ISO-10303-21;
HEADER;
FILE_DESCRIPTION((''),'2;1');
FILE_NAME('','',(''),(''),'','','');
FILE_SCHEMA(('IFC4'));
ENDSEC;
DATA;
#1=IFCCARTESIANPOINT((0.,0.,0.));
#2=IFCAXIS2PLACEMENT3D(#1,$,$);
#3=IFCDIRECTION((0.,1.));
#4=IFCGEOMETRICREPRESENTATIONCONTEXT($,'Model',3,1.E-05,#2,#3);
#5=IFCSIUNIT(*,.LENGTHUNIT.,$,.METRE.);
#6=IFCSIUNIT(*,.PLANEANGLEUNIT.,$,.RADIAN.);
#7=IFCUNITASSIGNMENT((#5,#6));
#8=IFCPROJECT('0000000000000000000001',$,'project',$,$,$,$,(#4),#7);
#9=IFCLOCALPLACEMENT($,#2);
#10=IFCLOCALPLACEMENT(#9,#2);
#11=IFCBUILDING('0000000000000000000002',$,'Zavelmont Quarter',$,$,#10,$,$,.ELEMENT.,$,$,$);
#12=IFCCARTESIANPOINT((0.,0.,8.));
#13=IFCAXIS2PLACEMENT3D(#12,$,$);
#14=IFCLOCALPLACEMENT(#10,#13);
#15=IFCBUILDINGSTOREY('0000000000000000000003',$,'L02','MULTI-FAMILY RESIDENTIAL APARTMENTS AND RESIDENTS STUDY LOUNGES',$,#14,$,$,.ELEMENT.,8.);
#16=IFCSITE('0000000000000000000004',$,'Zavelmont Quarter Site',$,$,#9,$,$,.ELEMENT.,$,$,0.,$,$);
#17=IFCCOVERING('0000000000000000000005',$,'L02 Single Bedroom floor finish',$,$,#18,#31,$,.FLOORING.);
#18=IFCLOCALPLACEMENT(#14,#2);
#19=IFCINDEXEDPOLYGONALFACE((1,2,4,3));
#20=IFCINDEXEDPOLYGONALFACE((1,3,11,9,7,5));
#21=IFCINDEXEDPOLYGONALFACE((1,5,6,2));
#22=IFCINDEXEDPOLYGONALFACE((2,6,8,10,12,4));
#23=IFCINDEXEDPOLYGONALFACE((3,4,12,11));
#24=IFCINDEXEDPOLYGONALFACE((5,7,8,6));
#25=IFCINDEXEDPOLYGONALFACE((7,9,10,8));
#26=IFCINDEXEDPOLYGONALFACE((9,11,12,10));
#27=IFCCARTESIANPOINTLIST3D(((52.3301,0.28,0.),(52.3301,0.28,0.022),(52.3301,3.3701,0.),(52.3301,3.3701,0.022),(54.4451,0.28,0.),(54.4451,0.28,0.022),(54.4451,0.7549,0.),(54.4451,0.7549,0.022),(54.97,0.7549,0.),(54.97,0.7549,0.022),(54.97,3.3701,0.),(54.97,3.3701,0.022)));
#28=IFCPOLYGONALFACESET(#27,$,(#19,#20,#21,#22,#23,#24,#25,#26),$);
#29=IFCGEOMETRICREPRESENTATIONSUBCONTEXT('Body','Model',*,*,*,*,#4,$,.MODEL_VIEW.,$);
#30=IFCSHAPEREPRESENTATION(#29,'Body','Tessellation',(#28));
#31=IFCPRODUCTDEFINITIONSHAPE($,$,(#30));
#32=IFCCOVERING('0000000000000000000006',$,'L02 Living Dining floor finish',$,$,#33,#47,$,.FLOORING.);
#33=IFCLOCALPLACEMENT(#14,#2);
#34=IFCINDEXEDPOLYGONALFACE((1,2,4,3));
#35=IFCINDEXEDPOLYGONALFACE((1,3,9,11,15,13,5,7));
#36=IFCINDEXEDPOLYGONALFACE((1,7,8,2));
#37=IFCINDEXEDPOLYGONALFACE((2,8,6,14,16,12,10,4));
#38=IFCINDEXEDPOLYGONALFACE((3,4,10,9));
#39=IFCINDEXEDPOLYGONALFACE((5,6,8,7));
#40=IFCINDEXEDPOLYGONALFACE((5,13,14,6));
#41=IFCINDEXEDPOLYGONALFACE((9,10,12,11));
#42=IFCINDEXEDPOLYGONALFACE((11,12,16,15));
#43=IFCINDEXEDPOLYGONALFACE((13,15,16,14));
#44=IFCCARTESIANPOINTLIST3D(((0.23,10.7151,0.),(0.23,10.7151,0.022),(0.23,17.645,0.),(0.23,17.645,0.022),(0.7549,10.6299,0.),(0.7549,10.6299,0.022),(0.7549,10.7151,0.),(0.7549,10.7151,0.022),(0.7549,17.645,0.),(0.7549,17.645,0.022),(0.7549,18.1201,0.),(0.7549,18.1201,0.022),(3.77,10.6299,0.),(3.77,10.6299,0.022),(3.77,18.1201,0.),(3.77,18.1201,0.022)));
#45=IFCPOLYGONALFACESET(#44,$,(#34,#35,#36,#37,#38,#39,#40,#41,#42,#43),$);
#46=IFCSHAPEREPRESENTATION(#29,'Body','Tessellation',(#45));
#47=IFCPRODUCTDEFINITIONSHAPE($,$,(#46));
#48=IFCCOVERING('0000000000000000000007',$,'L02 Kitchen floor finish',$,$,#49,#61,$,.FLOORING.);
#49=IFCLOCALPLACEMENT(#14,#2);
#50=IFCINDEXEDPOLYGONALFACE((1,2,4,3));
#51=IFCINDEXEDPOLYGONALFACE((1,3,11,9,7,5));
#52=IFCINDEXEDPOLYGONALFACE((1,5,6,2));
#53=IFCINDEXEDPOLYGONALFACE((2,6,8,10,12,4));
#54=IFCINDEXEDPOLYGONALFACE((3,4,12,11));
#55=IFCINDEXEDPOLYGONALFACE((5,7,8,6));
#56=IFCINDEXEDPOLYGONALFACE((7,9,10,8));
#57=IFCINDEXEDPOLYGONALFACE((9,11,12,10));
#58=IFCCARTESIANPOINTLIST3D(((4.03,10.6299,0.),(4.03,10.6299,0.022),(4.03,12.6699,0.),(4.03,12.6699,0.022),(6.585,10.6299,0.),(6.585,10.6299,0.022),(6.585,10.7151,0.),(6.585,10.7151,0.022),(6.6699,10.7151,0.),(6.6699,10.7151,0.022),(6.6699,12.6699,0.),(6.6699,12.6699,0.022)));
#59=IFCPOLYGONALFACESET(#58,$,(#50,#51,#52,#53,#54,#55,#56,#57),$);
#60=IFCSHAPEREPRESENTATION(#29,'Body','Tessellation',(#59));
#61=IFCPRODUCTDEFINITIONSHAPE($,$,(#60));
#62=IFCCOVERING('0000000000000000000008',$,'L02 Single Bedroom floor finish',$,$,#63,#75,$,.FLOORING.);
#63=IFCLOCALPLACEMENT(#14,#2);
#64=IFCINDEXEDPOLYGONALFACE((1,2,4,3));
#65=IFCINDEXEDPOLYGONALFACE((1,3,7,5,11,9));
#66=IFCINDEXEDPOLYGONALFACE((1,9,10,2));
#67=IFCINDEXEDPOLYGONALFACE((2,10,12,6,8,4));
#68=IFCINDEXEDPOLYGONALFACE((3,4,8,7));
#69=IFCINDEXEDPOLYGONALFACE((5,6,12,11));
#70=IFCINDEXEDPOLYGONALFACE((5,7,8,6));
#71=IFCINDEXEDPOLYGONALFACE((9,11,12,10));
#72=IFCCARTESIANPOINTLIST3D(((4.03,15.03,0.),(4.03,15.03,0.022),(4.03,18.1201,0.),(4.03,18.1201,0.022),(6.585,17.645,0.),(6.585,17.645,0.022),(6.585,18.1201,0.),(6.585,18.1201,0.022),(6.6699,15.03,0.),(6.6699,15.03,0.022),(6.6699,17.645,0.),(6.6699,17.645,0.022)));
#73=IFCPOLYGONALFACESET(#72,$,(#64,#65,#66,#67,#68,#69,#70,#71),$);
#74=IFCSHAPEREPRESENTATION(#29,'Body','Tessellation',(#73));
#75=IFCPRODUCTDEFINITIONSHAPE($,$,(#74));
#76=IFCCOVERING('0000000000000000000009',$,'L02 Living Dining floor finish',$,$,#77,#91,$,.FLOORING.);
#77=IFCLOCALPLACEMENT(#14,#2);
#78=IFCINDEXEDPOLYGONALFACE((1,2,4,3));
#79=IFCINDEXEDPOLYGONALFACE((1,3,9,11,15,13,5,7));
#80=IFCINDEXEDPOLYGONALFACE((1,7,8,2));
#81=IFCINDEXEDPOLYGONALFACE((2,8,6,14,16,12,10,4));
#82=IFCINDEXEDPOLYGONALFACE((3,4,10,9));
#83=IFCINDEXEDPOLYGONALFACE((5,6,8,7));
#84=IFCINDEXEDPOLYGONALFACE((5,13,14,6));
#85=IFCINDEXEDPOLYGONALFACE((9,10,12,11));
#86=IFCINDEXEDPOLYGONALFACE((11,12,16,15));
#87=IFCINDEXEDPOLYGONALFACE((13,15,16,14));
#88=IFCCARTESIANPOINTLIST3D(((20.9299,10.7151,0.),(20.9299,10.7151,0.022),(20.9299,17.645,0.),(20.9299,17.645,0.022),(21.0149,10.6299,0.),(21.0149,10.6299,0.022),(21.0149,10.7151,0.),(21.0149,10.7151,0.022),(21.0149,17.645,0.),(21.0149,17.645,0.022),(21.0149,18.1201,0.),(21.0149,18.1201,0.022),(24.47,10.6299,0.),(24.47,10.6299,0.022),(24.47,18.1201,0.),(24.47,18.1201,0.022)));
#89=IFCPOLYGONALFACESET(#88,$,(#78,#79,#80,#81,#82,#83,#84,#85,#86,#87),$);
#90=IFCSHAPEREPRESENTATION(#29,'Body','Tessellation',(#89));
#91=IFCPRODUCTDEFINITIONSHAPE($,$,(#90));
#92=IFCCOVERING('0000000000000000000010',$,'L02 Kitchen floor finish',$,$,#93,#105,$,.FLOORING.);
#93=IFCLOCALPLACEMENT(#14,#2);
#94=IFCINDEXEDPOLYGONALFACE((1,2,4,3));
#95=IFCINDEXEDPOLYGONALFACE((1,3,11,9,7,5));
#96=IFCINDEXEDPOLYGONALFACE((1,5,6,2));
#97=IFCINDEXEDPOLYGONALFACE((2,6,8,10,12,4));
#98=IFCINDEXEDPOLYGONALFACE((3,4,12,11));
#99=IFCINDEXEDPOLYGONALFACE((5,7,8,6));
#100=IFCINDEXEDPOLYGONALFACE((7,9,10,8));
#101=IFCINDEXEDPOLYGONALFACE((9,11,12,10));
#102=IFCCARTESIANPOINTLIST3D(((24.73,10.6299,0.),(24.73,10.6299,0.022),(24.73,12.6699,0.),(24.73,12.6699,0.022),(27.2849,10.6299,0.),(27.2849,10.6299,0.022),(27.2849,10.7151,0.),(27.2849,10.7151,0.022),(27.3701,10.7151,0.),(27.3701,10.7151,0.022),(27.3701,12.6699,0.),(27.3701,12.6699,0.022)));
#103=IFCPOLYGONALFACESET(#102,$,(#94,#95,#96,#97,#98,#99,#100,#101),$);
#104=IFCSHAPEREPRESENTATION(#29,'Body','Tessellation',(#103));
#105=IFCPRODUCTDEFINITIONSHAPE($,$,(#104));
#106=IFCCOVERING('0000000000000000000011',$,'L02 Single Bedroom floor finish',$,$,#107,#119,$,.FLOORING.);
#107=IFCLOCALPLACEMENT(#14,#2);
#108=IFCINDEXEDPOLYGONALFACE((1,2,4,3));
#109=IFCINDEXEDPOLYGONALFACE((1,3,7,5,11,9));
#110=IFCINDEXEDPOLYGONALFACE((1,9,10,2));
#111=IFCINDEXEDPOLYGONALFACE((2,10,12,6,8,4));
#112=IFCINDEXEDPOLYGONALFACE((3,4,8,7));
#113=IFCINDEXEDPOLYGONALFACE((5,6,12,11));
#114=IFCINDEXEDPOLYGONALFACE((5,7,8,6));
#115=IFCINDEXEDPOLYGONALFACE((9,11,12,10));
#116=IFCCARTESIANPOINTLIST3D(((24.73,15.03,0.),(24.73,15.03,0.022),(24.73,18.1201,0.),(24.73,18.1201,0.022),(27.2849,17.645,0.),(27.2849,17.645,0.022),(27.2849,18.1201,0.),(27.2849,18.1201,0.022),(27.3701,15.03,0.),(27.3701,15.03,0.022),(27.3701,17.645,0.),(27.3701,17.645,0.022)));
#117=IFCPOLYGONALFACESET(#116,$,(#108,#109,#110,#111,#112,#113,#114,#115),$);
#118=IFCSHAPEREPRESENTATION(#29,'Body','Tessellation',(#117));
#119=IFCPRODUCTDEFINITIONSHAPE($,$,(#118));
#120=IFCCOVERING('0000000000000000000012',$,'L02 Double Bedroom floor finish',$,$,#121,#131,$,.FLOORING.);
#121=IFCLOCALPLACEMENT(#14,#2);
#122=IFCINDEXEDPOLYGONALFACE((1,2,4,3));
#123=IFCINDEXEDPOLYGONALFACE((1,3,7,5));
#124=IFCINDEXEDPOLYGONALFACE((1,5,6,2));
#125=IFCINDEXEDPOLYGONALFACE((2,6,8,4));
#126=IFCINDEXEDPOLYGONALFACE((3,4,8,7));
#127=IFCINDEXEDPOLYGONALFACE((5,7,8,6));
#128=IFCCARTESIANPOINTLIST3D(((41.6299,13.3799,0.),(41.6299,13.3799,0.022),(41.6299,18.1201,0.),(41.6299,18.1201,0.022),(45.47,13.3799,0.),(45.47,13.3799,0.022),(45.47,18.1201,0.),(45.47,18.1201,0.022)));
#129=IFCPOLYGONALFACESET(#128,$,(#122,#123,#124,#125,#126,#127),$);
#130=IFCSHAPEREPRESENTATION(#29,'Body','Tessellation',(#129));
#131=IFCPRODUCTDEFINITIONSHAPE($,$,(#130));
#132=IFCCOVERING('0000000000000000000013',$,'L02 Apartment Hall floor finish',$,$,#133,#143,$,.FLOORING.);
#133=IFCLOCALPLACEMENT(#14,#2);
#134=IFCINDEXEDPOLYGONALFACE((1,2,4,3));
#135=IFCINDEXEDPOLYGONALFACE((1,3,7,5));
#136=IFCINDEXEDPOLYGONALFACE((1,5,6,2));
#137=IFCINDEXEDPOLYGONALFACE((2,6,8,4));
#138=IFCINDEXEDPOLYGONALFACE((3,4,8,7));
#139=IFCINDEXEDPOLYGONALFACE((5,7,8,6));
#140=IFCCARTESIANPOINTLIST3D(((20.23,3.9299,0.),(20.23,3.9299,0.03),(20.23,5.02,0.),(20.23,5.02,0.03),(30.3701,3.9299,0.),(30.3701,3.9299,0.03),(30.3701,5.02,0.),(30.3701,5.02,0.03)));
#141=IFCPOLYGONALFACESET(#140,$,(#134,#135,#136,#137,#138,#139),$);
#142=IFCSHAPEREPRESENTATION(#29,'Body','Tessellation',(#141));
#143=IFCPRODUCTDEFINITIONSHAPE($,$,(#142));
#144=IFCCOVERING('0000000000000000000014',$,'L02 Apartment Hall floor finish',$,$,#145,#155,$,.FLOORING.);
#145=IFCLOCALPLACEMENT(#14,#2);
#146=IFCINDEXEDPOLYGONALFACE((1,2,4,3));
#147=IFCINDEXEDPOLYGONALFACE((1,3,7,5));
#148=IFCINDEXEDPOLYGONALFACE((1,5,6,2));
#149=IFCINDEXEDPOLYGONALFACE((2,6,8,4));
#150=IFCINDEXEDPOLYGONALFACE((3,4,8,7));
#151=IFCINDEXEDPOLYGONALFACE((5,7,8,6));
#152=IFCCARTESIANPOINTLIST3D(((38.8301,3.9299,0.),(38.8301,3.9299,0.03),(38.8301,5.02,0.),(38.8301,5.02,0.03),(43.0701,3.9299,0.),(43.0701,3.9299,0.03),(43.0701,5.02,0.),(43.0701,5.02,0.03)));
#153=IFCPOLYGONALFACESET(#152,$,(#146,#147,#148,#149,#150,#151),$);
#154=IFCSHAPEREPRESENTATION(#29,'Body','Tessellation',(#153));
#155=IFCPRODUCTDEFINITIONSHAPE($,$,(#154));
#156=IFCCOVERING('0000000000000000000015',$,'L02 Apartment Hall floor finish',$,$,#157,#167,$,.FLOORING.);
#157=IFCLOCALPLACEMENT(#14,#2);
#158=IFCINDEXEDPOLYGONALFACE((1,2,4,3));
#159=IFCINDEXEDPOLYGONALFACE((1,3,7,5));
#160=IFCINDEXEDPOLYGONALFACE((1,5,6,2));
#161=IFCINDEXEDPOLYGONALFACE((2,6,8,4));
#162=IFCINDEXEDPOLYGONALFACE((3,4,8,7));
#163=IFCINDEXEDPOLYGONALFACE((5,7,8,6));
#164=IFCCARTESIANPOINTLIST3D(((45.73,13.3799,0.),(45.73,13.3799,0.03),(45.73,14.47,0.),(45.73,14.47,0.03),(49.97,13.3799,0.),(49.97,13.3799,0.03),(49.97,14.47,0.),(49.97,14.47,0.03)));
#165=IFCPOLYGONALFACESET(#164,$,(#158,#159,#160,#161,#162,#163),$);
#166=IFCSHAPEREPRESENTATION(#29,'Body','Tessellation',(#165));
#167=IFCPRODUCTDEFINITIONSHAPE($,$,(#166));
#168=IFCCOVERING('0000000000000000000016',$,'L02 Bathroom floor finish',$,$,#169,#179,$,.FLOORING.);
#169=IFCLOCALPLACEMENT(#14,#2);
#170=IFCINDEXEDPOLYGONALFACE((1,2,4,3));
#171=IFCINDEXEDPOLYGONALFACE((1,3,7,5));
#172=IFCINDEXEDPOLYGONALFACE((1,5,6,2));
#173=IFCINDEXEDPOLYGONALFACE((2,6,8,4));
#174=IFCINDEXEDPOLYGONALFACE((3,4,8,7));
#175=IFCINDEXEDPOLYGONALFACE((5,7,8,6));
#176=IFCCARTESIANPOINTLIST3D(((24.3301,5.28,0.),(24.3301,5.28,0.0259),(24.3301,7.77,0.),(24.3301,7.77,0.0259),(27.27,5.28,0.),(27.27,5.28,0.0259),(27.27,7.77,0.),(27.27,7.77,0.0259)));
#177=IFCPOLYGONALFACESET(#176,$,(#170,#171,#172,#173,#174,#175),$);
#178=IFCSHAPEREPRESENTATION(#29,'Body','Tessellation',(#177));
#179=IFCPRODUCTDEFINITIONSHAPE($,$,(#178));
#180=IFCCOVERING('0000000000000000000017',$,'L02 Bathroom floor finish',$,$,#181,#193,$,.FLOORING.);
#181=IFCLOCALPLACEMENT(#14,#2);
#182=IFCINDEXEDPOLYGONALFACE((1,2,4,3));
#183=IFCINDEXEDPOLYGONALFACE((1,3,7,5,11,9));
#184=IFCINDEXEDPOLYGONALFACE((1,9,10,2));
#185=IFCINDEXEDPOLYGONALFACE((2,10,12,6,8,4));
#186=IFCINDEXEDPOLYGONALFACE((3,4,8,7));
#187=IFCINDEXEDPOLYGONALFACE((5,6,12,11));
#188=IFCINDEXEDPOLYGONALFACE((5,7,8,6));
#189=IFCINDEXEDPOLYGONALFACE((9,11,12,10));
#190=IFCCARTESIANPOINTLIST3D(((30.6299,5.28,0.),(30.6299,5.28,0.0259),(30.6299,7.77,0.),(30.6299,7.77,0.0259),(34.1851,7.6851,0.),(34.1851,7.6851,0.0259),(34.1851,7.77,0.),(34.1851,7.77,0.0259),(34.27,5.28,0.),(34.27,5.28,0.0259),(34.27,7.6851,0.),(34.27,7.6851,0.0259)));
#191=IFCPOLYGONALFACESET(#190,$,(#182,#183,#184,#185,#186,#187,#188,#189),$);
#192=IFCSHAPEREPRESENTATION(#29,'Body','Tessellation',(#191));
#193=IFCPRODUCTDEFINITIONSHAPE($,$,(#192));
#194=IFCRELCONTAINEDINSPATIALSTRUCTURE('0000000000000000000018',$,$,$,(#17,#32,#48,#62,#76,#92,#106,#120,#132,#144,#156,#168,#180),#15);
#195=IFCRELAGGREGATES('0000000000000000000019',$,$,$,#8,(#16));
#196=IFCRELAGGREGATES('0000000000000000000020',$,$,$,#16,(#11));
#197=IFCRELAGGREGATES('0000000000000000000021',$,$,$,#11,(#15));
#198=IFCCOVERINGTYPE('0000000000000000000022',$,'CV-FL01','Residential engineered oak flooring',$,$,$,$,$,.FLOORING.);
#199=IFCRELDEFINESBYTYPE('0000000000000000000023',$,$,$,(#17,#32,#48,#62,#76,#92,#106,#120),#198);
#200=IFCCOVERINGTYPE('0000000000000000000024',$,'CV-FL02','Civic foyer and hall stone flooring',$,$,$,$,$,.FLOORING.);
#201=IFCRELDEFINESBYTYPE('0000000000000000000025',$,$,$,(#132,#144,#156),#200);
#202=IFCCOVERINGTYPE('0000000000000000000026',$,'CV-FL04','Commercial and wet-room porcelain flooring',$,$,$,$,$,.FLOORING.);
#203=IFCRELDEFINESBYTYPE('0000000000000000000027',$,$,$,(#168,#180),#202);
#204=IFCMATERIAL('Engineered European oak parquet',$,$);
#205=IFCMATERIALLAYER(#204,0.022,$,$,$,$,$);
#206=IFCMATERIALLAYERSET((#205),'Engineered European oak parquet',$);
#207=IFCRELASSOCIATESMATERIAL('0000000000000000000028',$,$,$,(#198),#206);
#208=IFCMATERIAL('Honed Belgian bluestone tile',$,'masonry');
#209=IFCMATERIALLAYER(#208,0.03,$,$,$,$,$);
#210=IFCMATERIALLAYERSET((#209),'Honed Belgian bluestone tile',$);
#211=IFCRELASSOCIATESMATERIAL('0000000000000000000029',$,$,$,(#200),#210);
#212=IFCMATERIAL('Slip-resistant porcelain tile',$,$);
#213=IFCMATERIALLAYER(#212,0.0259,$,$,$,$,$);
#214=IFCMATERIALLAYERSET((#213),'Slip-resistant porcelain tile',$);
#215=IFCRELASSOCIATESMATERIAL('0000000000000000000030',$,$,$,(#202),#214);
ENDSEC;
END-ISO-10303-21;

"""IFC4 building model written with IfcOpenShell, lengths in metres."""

from ifc_helpers import new_model, si_unit, direction, frame, origin, place, context, subcontext, project, spatial, polyline, outline, extrude, material, layer, layer_set, type_object, element, save


model = new_model("IFC4")

# Units and contexts
model_context = context("Model", 3, precision=1e-05, world=origin(), true_north=direction((0.0, 1.0)))
body_context = subcontext(model_context, "Body", "Model", "MODEL_VIEW")
ifc_project = project(units=[si_unit("LENGTHUNIT", "METRE"), si_unit("PLANEANGLEUNIT", "RADIAN")], contexts=[model_context])

# Site, building, storey
site_placement = place(None, origin())
site = spatial("IfcSite", under=ifc_project, at=site_placement, Name="Zavelmont Quarter Site", CompositionType="ELEMENT", RefElevation=0.0)
building_placement = place(site_placement, origin())
building = spatial("IfcBuilding", under=site, at=building_placement, Name="Zavelmont Quarter", CompositionType="ELEMENT")
storey_placement = place(building_placement, frame((0.0, 0.0, 8.0)))
storey = spatial("IfcBuildingStorey", under=building, at=storey_placement, Name="L02", Description="MULTI-FAMILY RESIDENTIAL APARTMENTS AND RESIDENTS STUDY LOUNGES", CompositionType="ELEMENT", Elevation=8.0)

# Coverings
ifc_material_1 = material(Name="Engineered European oak parquet")
ifc_layer_1 = layer(ifc_material_1, 0.022)
ifc_layer_set_1 = layer_set([ifc_layer_1], Name="Engineered European oak parquet")
covering_type_1 = type_object("IfcCoveringType", Name="CV-FL01", Description="Residential engineered oak flooring", PredefinedType="FLOORING", material=ifc_layer_set_1)
covering_1_placement = place(storey_placement, origin())
element("IfcCovering", 1, at=covering_1_placement, inside=storey, type_object=covering_type_1, Name="L02 Single Bedroom floor finish", PredefinedType="FLOORING", context=body_context, shape_type="SweptSolid", body=[
    extrude(outline(polyline([(52.3301, 3.3701), (54.97, 3.3701), (54.97, 0.7549), (54.4451, 0.7549), (54.4451, 0.28), (52.3301, 0.28), (52.3301, 3.3701)])), origin(), (0.0, 0.0, 1.0), 0.022),
])
covering_2_placement = place(storey_placement, origin())
element("IfcCovering", 2, at=covering_2_placement, inside=storey, type_object=covering_type_1, Name="L02 Living Dining floor finish", PredefinedType="FLOORING", context=body_context, shape_type="SweptSolid", body=[
    extrude(outline(polyline([(0.23, 17.645), (0.7549, 17.645), (0.7549, 18.1201), (3.77, 18.1201), (3.77, 10.6299), (0.7549, 10.6299), (0.7549, 10.7151), (0.23, 10.7151), (0.23, 17.645)])), origin(), (0.0, 0.0, 1.0), 0.022),
])
covering_3_placement = place(storey_placement, origin())
element("IfcCovering", 3, at=covering_3_placement, inside=storey, type_object=covering_type_1, Name="L02 Kitchen floor finish", PredefinedType="FLOORING", context=body_context, shape_type="SweptSolid", body=[
    extrude(outline(polyline([(4.03, 12.6699), (6.6699, 12.6699), (6.6699, 10.7151), (6.585, 10.7151), (6.585, 10.6299), (4.03, 10.6299), (4.03, 12.6699)])), origin(), (0.0, 0.0, 1.0), 0.022),
])
covering_4_placement = place(storey_placement, origin())
element("IfcCovering", 4, at=covering_4_placement, inside=storey, type_object=covering_type_1, Name="L02 Single Bedroom floor finish", PredefinedType="FLOORING", context=body_context, shape_type="SweptSolid", body=[
    extrude(outline(polyline([(4.03, 18.1201), (6.585, 18.1201), (6.585, 17.645), (6.6699, 17.645), (6.6699, 15.03), (4.03, 15.03), (4.03, 18.1201)])), origin(), (0.0, 0.0, 1.0), 0.022),
])
covering_5_placement = place(storey_placement, origin())
element("IfcCovering", 5, at=covering_5_placement, inside=storey, type_object=covering_type_1, Name="L02 Living Dining floor finish", PredefinedType="FLOORING", context=body_context, shape_type="SweptSolid", body=[
    extrude(outline(polyline([(20.9299, 17.645), (21.0149, 17.645), (21.0149, 18.1201), (24.47, 18.1201), (24.47, 10.6299), (21.0149, 10.6299), (21.0149, 10.7151), (20.9299, 10.7151), (20.9299, 17.645)])), origin(), (0.0, 0.0, 1.0), 0.022),
])
covering_6_placement = place(storey_placement, origin())
element("IfcCovering", 6, at=covering_6_placement, inside=storey, type_object=covering_type_1, Name="L02 Kitchen floor finish", PredefinedType="FLOORING", context=body_context, shape_type="SweptSolid", body=[
    extrude(outline(polyline([(24.73, 12.6699), (27.3701, 12.6699), (27.3701, 10.7151), (27.2849, 10.7151), (27.2849, 10.6299), (24.73, 10.6299), (24.73, 12.6699)])), origin(), (0.0, 0.0, 1.0), 0.022),
])
covering_7_placement = place(storey_placement, origin())
element("IfcCovering", 7, at=covering_7_placement, inside=storey, type_object=covering_type_1, Name="L02 Single Bedroom floor finish", PredefinedType="FLOORING", context=body_context, shape_type="SweptSolid", body=[
    extrude(outline(polyline([(24.73, 18.1201), (27.2849, 18.1201), (27.2849, 17.645), (27.3701, 17.645), (27.3701, 15.03), (24.73, 15.03), (24.73, 18.1201)])), origin(), (0.0, 0.0, 1.0), 0.022),
])
covering_8_placement = place(storey_placement, origin())
element("IfcCovering", 8, at=covering_8_placement, inside=storey, type_object=covering_type_1, Name="L02 Double Bedroom floor finish", PredefinedType="FLOORING", context=body_context, shape_type="SweptSolid", body=[
    extrude(outline(polyline([(41.6299, 18.1201), (45.47, 18.1201), (45.47, 13.3799), (41.6299, 13.3799), (41.6299, 18.1201)])), origin(), (0.0, 0.0, 1.0), 0.022),
])
ifc_material_2 = material(Name="Honed Belgian bluestone tile", Category="masonry")
ifc_layer_2 = layer(ifc_material_2, 0.03)
ifc_layer_set_2 = layer_set([ifc_layer_2], Name="Honed Belgian bluestone tile")
covering_type_2 = type_object("IfcCoveringType", Name="CV-FL02", Description="Civic foyer and hall stone flooring", PredefinedType="FLOORING", material=ifc_layer_set_2)
covering_9_placement = place(storey_placement, origin())
element("IfcCovering", 9, at=covering_9_placement, inside=storey, type_object=covering_type_2, Name="L02 Apartment Hall floor finish", PredefinedType="FLOORING", context=body_context, shape_type="SweptSolid", body=[
    extrude(outline(polyline([(20.23, 5.02), (30.3701, 5.02), (30.3701, 3.9299), (20.23, 3.9299), (20.23, 5.02)])), origin(), (0.0, 0.0, 1.0), 0.03),
])
covering_10_placement = place(storey_placement, origin())
element("IfcCovering", 10, at=covering_10_placement, inside=storey, type_object=covering_type_2, Name="L02 Apartment Hall floor finish", PredefinedType="FLOORING", context=body_context, shape_type="SweptSolid", body=[
    extrude(outline(polyline([(38.8301, 5.02), (43.0701, 5.02), (43.0701, 3.9299), (38.8301, 3.9299), (38.8301, 5.02)])), origin(), (0.0, 0.0, 1.0), 0.03),
])
covering_11_placement = place(storey_placement, origin())
element("IfcCovering", 11, at=covering_11_placement, inside=storey, type_object=covering_type_2, Name="L02 Apartment Hall floor finish", PredefinedType="FLOORING", context=body_context, shape_type="SweptSolid", body=[
    extrude(outline(polyline([(45.73, 14.47), (49.97, 14.47), (49.97, 13.3799), (45.73, 13.3799), (45.73, 14.47)])), origin(), (0.0, 0.0, 1.0), 0.03),
])
ifc_material_3 = material(Name="Slip-resistant porcelain tile")
ifc_layer_3 = layer(ifc_material_3, 0.0259)
ifc_layer_set_3 = layer_set([ifc_layer_3], Name="Slip-resistant porcelain tile")
covering_type_3 = type_object("IfcCoveringType", Name="CV-FL04", Description="Commercial and wet-room porcelain flooring", PredefinedType="FLOORING", material=ifc_layer_set_3)
covering_12_placement = place(storey_placement, origin())
element("IfcCovering", 12, at=covering_12_placement, inside=storey, type_object=covering_type_3, Name="L02 Bathroom floor finish", PredefinedType="FLOORING", context=body_context, shape_type="SweptSolid", body=[
    extrude(outline(polyline([(24.3301, 7.77), (27.27, 7.77), (27.27, 5.28), (24.3301, 5.28), (24.3301, 7.77)])), origin(), (0.0, 0.0, 1.0), 0.0259),
])
covering_13_placement = place(storey_placement, origin())
element("IfcCovering", 13, at=covering_13_placement, inside=storey, type_object=covering_type_3, Name="L02 Bathroom floor finish", PredefinedType="FLOORING", context=body_context, shape_type="SweptSolid", body=[
    extrude(outline(polyline([(30.6299, 7.77), (34.1851, 7.77), (34.1851, 7.6851), (34.27, 7.6851), (34.27, 5.28), (30.6299, 5.28), (30.6299, 7.77)])), origin(), (0.0, 0.0, 1.0), 0.0259),
])

save(model, "model.ifc")
